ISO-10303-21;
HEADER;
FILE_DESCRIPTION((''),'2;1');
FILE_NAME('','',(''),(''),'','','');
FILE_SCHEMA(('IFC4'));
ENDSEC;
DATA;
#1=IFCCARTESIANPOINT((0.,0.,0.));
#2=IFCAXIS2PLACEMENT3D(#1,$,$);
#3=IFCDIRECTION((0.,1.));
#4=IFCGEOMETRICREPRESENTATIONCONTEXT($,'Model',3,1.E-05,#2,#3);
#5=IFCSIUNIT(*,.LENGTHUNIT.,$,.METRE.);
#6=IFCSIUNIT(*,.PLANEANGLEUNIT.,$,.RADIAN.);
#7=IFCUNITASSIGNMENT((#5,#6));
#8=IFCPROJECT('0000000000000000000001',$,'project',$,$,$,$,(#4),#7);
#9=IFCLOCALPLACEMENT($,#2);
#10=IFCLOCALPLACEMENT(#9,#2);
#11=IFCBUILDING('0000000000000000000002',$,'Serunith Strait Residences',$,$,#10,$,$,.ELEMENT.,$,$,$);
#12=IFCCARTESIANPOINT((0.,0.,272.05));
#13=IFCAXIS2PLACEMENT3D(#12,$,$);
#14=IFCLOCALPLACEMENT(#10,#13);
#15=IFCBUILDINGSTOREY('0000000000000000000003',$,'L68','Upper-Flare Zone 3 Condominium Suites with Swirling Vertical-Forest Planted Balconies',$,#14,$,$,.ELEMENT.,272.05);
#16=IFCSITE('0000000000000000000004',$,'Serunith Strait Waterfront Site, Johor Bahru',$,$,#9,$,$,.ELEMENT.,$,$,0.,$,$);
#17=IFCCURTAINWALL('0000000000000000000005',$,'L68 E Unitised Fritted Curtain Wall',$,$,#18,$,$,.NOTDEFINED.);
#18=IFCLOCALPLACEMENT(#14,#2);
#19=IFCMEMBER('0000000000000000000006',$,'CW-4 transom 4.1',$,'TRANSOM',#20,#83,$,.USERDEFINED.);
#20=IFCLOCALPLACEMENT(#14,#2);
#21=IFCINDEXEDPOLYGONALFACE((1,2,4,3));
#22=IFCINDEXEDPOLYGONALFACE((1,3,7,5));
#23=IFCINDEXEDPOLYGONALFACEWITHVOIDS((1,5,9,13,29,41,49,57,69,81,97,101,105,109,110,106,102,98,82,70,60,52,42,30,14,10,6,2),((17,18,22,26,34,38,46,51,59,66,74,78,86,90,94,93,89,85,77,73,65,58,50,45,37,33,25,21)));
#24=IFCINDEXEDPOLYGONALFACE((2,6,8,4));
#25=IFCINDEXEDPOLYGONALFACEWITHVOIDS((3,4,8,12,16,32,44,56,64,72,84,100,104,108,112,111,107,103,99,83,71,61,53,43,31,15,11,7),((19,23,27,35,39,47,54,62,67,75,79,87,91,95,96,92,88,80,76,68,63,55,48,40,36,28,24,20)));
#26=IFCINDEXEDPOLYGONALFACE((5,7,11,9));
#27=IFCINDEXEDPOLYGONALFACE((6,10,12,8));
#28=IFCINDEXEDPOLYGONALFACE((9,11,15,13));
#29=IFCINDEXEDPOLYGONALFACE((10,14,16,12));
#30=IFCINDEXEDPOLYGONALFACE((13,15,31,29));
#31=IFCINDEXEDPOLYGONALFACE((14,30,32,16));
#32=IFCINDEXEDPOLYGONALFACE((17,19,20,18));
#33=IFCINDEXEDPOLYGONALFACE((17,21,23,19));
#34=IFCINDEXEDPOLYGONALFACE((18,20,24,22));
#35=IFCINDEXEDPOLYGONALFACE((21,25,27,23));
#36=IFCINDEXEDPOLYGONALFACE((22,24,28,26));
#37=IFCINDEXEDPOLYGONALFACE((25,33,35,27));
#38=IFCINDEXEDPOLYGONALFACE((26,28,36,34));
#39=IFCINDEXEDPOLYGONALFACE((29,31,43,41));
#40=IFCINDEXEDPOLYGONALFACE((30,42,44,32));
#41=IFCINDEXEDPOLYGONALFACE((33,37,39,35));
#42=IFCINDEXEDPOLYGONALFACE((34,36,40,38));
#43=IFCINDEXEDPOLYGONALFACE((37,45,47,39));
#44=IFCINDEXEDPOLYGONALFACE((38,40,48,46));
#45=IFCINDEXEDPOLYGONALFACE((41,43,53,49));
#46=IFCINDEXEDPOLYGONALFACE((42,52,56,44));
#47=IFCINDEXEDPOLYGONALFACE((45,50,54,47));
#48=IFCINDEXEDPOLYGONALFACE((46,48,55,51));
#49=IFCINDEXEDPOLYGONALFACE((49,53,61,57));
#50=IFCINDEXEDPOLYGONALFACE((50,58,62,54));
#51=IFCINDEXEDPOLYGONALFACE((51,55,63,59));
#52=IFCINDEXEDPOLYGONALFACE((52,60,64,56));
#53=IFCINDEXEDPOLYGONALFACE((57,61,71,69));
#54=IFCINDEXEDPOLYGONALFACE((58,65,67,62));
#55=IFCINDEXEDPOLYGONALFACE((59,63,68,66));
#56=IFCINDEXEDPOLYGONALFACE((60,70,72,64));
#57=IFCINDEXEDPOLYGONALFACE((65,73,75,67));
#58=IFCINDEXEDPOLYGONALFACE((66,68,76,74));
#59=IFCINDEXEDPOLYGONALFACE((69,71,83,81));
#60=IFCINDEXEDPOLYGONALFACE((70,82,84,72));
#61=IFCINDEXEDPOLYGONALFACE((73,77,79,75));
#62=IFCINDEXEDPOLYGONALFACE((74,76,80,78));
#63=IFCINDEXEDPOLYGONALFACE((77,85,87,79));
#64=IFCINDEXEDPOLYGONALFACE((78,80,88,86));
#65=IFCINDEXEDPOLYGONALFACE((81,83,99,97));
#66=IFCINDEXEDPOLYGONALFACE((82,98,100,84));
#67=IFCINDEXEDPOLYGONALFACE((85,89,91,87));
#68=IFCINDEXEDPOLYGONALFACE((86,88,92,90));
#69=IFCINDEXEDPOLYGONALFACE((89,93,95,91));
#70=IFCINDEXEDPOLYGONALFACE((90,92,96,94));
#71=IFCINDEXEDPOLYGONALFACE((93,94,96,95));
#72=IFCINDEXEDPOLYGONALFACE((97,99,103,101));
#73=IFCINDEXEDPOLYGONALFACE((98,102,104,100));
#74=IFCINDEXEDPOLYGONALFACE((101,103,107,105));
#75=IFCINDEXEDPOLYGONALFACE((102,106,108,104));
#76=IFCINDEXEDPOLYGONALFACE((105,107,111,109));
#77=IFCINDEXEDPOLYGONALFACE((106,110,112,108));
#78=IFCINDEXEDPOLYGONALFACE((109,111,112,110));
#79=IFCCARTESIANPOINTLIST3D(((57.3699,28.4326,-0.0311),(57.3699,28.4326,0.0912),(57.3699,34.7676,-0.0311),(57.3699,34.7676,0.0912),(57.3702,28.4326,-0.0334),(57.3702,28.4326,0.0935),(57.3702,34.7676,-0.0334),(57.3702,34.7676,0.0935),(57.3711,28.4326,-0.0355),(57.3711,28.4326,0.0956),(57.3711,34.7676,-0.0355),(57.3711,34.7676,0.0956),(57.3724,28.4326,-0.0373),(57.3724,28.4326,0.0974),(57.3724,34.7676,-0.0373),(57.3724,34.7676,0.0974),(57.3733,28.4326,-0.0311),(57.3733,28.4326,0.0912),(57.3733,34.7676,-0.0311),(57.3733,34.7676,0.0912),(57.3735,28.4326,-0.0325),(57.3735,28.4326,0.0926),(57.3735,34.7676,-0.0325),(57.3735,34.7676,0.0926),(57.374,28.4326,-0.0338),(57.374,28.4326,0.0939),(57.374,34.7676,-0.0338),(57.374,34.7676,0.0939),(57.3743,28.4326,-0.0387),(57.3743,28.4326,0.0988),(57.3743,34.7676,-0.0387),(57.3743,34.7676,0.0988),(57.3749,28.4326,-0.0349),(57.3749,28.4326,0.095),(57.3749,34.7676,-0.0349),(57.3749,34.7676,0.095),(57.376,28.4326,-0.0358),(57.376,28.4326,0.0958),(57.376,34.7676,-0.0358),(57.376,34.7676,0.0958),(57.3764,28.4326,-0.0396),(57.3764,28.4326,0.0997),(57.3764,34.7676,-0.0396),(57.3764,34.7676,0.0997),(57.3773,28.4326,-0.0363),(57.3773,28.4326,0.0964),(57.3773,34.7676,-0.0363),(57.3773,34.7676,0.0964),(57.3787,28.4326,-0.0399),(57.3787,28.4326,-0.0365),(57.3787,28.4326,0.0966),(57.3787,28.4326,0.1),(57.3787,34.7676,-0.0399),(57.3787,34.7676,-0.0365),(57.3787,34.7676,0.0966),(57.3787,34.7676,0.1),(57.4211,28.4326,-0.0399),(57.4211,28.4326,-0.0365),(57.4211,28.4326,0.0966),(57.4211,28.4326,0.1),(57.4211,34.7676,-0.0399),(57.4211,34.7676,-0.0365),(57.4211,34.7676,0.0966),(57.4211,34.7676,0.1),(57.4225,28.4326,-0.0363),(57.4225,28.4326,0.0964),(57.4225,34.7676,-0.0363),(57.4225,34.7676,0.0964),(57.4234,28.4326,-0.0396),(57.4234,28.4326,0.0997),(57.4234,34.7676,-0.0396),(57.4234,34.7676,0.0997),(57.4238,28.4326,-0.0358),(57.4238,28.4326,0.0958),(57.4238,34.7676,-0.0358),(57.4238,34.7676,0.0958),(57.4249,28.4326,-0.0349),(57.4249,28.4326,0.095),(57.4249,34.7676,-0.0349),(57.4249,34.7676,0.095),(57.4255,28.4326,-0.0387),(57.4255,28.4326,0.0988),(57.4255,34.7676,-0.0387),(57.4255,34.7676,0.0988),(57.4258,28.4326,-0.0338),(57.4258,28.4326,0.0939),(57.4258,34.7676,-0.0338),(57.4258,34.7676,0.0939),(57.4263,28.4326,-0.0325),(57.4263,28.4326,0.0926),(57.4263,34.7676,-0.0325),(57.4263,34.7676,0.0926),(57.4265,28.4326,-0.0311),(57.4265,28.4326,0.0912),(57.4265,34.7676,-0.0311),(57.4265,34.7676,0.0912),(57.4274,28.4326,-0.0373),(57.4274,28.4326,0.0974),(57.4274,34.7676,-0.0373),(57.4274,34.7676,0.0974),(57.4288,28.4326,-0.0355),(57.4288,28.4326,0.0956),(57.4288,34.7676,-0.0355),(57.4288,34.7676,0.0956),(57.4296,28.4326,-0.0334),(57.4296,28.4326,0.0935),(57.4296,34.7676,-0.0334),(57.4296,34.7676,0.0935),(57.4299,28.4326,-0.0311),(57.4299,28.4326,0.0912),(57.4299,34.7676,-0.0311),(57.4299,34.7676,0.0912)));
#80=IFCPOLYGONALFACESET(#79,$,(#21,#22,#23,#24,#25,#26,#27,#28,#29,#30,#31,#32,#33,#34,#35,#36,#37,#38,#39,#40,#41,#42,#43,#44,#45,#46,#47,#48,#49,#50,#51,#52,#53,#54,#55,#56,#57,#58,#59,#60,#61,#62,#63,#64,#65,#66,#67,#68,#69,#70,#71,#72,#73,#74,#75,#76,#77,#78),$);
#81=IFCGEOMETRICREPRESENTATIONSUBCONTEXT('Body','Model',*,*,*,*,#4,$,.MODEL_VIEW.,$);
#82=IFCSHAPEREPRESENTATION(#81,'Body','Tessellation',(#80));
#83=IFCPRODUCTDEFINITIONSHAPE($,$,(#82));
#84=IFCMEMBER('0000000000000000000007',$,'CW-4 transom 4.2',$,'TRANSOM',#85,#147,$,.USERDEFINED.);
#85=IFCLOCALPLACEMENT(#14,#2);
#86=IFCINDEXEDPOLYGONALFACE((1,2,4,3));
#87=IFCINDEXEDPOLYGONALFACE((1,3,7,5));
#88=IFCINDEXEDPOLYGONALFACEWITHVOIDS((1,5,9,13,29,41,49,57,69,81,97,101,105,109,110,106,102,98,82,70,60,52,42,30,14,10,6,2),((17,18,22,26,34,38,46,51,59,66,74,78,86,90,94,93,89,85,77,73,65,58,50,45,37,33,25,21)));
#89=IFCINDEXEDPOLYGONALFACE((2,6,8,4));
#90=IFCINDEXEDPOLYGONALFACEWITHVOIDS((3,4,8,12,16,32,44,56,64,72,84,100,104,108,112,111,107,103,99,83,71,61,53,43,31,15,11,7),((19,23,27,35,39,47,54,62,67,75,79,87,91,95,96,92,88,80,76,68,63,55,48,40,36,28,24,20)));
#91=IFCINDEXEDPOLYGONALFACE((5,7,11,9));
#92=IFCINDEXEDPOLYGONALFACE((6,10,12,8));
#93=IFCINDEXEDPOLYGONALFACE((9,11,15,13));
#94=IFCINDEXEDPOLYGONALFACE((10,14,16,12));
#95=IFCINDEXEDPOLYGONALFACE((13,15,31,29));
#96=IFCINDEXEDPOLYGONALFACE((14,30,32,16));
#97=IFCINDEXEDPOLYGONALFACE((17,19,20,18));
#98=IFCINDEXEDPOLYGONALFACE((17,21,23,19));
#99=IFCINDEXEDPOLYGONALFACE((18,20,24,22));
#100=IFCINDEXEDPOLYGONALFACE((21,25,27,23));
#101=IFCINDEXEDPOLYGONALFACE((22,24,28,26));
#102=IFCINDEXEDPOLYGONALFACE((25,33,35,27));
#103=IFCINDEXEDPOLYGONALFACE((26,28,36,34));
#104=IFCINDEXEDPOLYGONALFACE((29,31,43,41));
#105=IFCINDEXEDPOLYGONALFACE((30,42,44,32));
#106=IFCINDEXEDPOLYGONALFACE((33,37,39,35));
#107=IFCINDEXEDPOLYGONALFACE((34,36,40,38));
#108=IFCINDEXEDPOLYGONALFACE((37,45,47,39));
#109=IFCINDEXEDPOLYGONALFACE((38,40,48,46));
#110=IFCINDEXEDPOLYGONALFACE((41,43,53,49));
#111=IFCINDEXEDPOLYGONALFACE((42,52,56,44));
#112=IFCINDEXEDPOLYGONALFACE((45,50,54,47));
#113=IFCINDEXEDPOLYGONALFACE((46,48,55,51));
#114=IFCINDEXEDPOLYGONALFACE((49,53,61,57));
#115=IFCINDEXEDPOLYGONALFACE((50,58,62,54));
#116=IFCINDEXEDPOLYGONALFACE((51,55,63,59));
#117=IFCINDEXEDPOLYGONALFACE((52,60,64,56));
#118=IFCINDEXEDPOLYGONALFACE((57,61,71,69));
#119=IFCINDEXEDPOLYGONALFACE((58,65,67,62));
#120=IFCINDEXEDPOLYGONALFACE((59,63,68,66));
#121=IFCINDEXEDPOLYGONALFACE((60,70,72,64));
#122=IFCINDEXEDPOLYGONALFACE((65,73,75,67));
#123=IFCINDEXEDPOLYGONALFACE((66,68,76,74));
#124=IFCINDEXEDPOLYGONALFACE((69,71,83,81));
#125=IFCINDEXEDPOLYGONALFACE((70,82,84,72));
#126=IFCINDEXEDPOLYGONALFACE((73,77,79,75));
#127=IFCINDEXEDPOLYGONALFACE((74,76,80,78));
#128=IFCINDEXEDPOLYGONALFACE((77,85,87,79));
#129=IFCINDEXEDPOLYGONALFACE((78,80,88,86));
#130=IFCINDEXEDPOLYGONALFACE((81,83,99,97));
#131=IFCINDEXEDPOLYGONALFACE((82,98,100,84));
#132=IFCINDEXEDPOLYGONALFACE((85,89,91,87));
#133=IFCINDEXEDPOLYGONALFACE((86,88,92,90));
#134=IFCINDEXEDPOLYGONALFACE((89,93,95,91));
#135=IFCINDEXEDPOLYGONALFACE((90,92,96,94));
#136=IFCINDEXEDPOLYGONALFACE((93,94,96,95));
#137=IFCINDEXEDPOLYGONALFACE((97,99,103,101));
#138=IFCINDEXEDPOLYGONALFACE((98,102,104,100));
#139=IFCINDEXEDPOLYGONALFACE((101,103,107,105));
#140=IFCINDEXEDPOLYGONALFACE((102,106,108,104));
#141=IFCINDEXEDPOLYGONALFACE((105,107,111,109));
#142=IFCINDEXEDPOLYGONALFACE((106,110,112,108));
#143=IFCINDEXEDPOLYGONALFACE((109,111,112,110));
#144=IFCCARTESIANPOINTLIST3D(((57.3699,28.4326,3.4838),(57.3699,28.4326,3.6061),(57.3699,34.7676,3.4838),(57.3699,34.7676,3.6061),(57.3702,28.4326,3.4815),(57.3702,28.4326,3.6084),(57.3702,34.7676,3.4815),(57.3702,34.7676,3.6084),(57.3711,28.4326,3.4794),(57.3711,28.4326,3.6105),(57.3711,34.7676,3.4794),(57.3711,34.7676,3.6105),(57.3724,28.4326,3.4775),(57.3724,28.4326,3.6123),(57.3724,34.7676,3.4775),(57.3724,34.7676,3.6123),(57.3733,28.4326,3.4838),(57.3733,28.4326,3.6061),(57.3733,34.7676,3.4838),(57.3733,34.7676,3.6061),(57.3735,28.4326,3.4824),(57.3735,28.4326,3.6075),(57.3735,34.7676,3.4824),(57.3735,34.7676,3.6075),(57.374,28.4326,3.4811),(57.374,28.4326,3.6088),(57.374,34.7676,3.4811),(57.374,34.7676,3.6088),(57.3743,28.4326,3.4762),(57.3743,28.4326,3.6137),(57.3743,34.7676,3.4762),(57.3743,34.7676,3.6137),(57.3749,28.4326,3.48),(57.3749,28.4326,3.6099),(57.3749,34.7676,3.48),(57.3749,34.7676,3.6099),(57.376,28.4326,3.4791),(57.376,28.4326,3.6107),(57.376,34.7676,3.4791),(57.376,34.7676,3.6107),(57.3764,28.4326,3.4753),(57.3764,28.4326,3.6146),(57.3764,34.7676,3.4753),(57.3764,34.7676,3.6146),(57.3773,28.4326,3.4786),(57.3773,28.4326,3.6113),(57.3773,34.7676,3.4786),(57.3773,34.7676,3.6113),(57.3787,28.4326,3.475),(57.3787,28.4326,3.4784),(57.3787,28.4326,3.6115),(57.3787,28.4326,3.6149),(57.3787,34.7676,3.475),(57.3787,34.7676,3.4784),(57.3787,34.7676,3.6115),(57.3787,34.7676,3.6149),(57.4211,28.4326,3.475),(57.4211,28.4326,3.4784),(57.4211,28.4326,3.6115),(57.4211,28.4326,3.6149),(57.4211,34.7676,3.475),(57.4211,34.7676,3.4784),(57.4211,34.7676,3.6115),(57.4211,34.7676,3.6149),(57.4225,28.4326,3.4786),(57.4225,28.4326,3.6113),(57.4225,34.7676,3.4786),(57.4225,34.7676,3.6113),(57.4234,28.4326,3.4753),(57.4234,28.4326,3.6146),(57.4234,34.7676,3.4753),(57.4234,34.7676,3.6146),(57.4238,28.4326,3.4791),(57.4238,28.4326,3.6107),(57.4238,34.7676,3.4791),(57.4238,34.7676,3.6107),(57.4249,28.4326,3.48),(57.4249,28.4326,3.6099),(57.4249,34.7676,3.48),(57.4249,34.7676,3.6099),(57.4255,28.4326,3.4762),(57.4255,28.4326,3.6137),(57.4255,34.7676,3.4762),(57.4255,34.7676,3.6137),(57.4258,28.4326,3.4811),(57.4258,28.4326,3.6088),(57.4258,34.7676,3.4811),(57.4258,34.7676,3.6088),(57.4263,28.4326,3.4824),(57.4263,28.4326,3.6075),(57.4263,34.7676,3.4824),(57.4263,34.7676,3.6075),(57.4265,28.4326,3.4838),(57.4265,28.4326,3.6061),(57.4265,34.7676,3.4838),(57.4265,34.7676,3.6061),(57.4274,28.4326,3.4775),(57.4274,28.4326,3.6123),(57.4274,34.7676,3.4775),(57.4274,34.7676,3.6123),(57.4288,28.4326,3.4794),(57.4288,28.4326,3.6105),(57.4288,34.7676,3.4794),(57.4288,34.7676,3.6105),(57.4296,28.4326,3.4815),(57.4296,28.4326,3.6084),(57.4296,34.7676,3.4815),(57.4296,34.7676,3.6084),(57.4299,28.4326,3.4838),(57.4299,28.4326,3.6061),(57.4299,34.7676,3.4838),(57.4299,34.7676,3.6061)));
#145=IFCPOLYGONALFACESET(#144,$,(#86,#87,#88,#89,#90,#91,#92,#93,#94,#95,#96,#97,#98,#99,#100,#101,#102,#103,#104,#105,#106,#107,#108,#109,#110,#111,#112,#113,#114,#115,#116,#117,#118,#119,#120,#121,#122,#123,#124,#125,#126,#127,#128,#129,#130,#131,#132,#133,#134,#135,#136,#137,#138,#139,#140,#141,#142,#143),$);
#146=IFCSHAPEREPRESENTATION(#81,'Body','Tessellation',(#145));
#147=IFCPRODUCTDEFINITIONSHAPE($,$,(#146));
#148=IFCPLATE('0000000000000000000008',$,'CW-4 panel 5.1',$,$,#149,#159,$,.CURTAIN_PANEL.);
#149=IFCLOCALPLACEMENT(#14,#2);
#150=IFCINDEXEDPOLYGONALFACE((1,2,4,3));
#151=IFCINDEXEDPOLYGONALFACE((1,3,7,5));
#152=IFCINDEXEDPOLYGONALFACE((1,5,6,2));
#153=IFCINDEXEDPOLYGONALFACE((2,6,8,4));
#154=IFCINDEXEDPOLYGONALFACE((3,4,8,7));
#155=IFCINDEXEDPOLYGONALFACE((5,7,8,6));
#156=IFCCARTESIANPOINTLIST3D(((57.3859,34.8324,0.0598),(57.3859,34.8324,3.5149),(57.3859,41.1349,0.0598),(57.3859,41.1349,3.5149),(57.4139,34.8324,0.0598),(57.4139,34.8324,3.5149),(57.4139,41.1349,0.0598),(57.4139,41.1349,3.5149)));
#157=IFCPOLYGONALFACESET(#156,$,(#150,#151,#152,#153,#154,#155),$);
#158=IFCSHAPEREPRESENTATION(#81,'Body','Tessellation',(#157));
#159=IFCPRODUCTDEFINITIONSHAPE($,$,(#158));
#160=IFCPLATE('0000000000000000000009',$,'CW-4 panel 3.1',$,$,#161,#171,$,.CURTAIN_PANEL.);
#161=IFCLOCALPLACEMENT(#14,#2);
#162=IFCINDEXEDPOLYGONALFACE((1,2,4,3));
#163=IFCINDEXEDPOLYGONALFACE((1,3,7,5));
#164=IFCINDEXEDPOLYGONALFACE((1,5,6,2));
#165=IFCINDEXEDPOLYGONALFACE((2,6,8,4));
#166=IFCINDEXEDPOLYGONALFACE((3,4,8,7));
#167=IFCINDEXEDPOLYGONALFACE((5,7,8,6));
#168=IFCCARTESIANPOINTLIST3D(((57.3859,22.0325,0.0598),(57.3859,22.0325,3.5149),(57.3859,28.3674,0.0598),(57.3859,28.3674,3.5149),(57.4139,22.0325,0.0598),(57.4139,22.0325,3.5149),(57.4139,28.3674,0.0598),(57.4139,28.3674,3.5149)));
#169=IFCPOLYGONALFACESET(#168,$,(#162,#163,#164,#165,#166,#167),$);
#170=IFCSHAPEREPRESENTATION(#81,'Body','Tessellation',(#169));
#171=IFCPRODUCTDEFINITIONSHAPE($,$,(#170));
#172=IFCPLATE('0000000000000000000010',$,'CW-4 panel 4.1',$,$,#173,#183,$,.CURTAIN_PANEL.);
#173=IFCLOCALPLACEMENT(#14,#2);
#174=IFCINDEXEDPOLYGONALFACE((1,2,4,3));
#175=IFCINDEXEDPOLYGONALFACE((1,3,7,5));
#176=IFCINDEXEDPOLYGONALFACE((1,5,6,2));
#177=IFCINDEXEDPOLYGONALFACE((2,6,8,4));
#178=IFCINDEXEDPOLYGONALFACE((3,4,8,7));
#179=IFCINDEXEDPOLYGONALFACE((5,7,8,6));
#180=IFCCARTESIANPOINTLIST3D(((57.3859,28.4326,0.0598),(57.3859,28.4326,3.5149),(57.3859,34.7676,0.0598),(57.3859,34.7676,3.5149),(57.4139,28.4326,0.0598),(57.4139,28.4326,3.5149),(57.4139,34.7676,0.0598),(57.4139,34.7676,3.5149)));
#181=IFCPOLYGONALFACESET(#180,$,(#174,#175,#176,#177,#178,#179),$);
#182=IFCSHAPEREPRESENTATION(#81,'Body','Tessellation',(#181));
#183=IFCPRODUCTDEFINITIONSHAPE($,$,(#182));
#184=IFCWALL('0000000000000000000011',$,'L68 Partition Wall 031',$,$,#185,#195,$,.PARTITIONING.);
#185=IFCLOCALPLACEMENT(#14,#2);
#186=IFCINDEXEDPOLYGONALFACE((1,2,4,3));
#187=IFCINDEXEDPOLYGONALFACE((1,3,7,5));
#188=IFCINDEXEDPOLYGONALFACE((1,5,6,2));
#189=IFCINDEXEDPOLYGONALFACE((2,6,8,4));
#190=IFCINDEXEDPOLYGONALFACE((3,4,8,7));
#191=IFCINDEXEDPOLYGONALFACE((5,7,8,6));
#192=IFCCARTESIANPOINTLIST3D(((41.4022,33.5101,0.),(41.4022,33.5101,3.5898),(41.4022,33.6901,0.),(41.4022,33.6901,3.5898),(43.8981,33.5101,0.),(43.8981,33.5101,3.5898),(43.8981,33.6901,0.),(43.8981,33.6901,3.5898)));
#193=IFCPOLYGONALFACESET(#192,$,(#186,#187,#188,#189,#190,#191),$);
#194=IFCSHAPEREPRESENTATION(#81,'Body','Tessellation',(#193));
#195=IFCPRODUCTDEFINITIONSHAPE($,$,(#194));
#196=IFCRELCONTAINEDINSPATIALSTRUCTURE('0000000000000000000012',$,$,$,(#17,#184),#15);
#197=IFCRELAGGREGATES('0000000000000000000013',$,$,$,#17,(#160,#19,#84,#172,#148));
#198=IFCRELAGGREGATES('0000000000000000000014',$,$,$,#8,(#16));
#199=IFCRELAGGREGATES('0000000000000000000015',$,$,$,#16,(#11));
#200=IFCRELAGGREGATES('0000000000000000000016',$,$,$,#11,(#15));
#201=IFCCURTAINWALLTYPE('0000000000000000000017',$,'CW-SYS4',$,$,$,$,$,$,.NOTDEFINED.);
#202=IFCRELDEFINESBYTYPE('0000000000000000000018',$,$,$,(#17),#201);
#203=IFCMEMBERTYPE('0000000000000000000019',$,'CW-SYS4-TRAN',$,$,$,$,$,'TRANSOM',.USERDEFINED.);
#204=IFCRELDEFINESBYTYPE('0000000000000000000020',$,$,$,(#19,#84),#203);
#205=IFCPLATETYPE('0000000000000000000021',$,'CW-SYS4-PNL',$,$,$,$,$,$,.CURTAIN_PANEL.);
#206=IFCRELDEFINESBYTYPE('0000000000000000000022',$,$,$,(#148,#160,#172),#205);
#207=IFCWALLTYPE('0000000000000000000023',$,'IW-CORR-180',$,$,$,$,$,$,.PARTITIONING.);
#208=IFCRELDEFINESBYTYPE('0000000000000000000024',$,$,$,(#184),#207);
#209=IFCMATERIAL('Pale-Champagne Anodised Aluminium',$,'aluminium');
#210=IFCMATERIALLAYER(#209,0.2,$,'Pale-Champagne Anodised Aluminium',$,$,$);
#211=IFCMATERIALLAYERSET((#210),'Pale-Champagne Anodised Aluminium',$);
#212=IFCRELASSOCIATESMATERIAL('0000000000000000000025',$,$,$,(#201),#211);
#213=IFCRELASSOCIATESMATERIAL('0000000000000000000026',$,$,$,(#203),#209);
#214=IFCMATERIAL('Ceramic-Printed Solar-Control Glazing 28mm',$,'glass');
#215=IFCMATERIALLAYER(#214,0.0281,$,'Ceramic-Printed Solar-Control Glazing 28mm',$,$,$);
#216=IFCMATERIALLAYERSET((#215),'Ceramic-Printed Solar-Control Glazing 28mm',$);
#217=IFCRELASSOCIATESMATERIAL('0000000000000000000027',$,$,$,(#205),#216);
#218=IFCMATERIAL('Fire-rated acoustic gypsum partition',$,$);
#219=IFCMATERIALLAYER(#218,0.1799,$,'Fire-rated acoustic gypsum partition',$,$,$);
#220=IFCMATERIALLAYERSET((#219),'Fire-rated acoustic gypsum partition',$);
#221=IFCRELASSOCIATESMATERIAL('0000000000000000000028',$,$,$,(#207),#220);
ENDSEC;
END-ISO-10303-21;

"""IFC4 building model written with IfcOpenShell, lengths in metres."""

from ifc_helpers import new_model, si_unit, direction, frame, frame_2d, origin, origin_2d, place, context, subcontext, project, spatial, rectangle, hollow_rectangle, extrude, source, transform, mapped, material, layer, layer_set, material_profile, profile_set, type_object, element, aggregate, save


model = new_model("IFC4")

# Units and contexts
model_context = context("Model", 3, precision=1e-05, world=origin(), true_north=direction((0.0, 1.0)))
body_context = subcontext(model_context, "Body", "Model", "MODEL_VIEW")
ifc_project = project(units=[si_unit("LENGTHUNIT", "METRE"), si_unit("PLANEANGLEUNIT", "RADIAN")], contexts=[model_context])

# Site, building, storey
site_placement = place(None, origin())
site = spatial("IfcSite", under=ifc_project, at=site_placement, Name="Serunith Strait Waterfront Site, Johor Bahru", CompositionType="ELEMENT", RefElevation=0.0)
building_placement = place(site_placement, origin())
building = spatial("IfcBuilding", under=site, at=building_placement, Name="Serunith Strait Residences", CompositionType="ELEMENT")
storey_placement = place(building_placement, frame((0.0, 0.0, 272.05)))
storey = spatial("IfcBuildingStorey", under=building, at=storey_placement, Name="L68", Description="Upper-Flare Zone 3 Condominium Suites with Swirling Vertical-Forest Planted Balconies", CompositionType="ELEMENT", Elevation=272.05)

# Curtain wall, members, plates
ifc_material_1 = material(Name="Pale-Champagne Anodised Aluminium", Category="aluminium")
ifc_layer_1 = layer(ifc_material_1, 0.2, Name="Pale-Champagne Anodised Aluminium")
ifc_layer_set_1 = layer_set([ifc_layer_1], Name="Pale-Champagne Anodised Aluminium")
curtain_wall_type = type_object("IfcCurtainWallType", Name="CW-SYS4", PredefinedType="NOTDEFINED", material=ifc_layer_set_1)
curtain_wall_placement = place(storey_placement, origin())
curtain_wall = element("IfcCurtainWall", 1, at=curtain_wall_placement, inside=storey, type_object=curtain_wall_type, Name="L68 E Unitised Fritted Curtain Wall", PredefinedType="NOTDEFINED")
ifc_material_profile_1 = material_profile(ifc_material_1, hollow_rectangle(XDim=0.0601, YDim=0.1399, WallThickness=0.0034, InnerFilletRadius=0.0054, OuterFilletRadius=0.0088, at=origin_2d()), Name="ALU 140x60x3.5")
ifc_profile_set_1 = profile_set([ifc_material_profile_1], Name="Pale-Champagne Anodised Aluminium")
member_type_1 = type_object("IfcMemberType", Name="CW-SYS4-TRAN", ElementType="TRANSOM", PredefinedType="USERDEFINED", material=ifc_profile_set_1)
shared_shape_1 = source(origin(), body_context, "Body", "SweptSolid", [
    extrude(hollow_rectangle(XDim=0.0601, YDim=0.1399, WallThickness=0.0034, InnerFilletRadius=0.0054, OuterFilletRadius=0.0088, at=origin_2d()), origin(), (0.0, 0.0, 1.0), 6.335),
])
member_1_placement = place(storey_placement, frame((57.3999, 28.4326, 0.03), z_axis=(0.0, 1.0, 0.0), x_axis=(-1.0, 0.0, 0.0)))
member_1 = element("IfcMember", 2, at=member_1_placement, type_object=member_type_1, Name="CW-4 transom 4.1", ObjectType="TRANSOM", PredefinedType="USERDEFINED", context=body_context, shape_type="MappedRepresentation", body=[
    mapped(shared_shape_1, transform((0.0, 0.0, 0.0), scale=1.0)),
])
member_2_placement = place(storey_placement, frame((57.3999, 28.4326, 3.5449), z_axis=(0.0, 1.0, 0.0), x_axis=(-1.0, 0.0, 0.0)))
member_2 = element("IfcMember", 3, at=member_2_placement, type_object=member_type_1, Name="CW-4 transom 4.2", ObjectType="TRANSOM", PredefinedType="USERDEFINED", context=body_context, shape_type="MappedRepresentation", body=[
    mapped(shared_shape_1, transform((0.0, 0.0, 0.0), scale=1.0)),
])
ifc_material_2 = material(Name="Ceramic-Printed Solar-Control Glazing 28mm", Category="glass")
ifc_layer_2 = layer(ifc_material_2, 0.0281, Name="Ceramic-Printed Solar-Control Glazing 28mm")
ifc_layer_set_2 = layer_set([ifc_layer_2], Name="Ceramic-Printed Solar-Control Glazing 28mm")
plate_type = type_object("IfcPlateType", Name="CW-SYS4-PNL", PredefinedType="CURTAIN_PANEL", material=ifc_layer_set_2)
shared_shape_2 = source(origin(), body_context, "Body", "SweptSolid", [
    extrude(rectangle(XDim=6.3025, YDim=0.0281, at=origin_2d()), origin(), (0.0, 0.0, 1.0), 3.4551),
])
plate_1_placement = place(storey_placement, frame((57.3999, 37.9836, 0.0598), z_axis=(0.0, 0.0, 1.0), x_axis=(0.0, 1.0, 0.0)))
plate_1 = element("IfcPlate", 4, at=plate_1_placement, type_object=plate_type, Name="CW-4 panel 5.1", PredefinedType="CURTAIN_PANEL", context=body_context, shape_type="MappedRepresentation", body=[
    mapped(shared_shape_2, transform((0.0, 0.0, 0.0), scale=1.0)),
])
shared_shape_3 = source(origin(), body_context, "Body", "SweptSolid", [
    extrude(rectangle(XDim=6.335, YDim=0.0281, at=origin_2d()), origin(), (0.0, 0.0, 1.0), 3.4551),
])
plate_2_placement = place(storey_placement, frame((57.3999, 25.2, 0.0598), z_axis=(0.0, 0.0, 1.0), x_axis=(0.0, 1.0, 0.0)))
plate_2 = element("IfcPlate", 5, at=plate_2_placement, type_object=plate_type, Name="CW-4 panel 3.1", PredefinedType="CURTAIN_PANEL", context=body_context, shape_type="MappedRepresentation", body=[
    mapped(shared_shape_3, transform((0.0, 0.0, 0.0), scale=1.0)),
])
plate_3_placement = place(storey_placement, frame((57.3999, 31.6001, 0.0598), z_axis=(0.0, 0.0, 1.0), x_axis=(0.0, 1.0, 0.0)))
plate_3 = element("IfcPlate", 6, at=plate_3_placement, type_object=plate_type, Name="CW-4 panel 4.1", PredefinedType="CURTAIN_PANEL", context=body_context, shape_type="MappedRepresentation", body=[
    mapped(shared_shape_3, transform((0.0, 0.0, 0.0), scale=1.0)),
])
aggregate(curtain_wall, [plate_2, member_1, member_2, plate_3, plate_1])

# Wall
ifc_material_3 = material(Name="Fire-rated acoustic gypsum partition")
ifc_layer_3 = layer(ifc_material_3, 0.1799, Name="Fire-rated acoustic gypsum partition")
ifc_layer_set_3 = layer_set([ifc_layer_3], Name="Fire-rated acoustic gypsum partition")
wall_type_1 = type_object("IfcWallType", Name="IW-CORR-180", PredefinedType="PARTITIONING", material=ifc_layer_set_3)
wall_1_placement = place(storey_placement, frame((41.4021, 33.6001, 0.0), z_axis=(0.0, 0.0, 1.0), x_axis=(1.0, 0.0, 0.0)))
element("IfcWall", 7, at=wall_1_placement, inside=storey, type_object=wall_type_1, Name="L68 Partition Wall 031", PredefinedType="PARTITIONING", context=body_context, shape_type="SweptSolid", body=[
    extrude(rectangle(XDim=2.4958, YDim=0.1799, at=frame_2d((1.248, 0.0))), origin(), (0.0, 0.0, 1.0), 3.5898),
])

save(model, "model.ifc")
